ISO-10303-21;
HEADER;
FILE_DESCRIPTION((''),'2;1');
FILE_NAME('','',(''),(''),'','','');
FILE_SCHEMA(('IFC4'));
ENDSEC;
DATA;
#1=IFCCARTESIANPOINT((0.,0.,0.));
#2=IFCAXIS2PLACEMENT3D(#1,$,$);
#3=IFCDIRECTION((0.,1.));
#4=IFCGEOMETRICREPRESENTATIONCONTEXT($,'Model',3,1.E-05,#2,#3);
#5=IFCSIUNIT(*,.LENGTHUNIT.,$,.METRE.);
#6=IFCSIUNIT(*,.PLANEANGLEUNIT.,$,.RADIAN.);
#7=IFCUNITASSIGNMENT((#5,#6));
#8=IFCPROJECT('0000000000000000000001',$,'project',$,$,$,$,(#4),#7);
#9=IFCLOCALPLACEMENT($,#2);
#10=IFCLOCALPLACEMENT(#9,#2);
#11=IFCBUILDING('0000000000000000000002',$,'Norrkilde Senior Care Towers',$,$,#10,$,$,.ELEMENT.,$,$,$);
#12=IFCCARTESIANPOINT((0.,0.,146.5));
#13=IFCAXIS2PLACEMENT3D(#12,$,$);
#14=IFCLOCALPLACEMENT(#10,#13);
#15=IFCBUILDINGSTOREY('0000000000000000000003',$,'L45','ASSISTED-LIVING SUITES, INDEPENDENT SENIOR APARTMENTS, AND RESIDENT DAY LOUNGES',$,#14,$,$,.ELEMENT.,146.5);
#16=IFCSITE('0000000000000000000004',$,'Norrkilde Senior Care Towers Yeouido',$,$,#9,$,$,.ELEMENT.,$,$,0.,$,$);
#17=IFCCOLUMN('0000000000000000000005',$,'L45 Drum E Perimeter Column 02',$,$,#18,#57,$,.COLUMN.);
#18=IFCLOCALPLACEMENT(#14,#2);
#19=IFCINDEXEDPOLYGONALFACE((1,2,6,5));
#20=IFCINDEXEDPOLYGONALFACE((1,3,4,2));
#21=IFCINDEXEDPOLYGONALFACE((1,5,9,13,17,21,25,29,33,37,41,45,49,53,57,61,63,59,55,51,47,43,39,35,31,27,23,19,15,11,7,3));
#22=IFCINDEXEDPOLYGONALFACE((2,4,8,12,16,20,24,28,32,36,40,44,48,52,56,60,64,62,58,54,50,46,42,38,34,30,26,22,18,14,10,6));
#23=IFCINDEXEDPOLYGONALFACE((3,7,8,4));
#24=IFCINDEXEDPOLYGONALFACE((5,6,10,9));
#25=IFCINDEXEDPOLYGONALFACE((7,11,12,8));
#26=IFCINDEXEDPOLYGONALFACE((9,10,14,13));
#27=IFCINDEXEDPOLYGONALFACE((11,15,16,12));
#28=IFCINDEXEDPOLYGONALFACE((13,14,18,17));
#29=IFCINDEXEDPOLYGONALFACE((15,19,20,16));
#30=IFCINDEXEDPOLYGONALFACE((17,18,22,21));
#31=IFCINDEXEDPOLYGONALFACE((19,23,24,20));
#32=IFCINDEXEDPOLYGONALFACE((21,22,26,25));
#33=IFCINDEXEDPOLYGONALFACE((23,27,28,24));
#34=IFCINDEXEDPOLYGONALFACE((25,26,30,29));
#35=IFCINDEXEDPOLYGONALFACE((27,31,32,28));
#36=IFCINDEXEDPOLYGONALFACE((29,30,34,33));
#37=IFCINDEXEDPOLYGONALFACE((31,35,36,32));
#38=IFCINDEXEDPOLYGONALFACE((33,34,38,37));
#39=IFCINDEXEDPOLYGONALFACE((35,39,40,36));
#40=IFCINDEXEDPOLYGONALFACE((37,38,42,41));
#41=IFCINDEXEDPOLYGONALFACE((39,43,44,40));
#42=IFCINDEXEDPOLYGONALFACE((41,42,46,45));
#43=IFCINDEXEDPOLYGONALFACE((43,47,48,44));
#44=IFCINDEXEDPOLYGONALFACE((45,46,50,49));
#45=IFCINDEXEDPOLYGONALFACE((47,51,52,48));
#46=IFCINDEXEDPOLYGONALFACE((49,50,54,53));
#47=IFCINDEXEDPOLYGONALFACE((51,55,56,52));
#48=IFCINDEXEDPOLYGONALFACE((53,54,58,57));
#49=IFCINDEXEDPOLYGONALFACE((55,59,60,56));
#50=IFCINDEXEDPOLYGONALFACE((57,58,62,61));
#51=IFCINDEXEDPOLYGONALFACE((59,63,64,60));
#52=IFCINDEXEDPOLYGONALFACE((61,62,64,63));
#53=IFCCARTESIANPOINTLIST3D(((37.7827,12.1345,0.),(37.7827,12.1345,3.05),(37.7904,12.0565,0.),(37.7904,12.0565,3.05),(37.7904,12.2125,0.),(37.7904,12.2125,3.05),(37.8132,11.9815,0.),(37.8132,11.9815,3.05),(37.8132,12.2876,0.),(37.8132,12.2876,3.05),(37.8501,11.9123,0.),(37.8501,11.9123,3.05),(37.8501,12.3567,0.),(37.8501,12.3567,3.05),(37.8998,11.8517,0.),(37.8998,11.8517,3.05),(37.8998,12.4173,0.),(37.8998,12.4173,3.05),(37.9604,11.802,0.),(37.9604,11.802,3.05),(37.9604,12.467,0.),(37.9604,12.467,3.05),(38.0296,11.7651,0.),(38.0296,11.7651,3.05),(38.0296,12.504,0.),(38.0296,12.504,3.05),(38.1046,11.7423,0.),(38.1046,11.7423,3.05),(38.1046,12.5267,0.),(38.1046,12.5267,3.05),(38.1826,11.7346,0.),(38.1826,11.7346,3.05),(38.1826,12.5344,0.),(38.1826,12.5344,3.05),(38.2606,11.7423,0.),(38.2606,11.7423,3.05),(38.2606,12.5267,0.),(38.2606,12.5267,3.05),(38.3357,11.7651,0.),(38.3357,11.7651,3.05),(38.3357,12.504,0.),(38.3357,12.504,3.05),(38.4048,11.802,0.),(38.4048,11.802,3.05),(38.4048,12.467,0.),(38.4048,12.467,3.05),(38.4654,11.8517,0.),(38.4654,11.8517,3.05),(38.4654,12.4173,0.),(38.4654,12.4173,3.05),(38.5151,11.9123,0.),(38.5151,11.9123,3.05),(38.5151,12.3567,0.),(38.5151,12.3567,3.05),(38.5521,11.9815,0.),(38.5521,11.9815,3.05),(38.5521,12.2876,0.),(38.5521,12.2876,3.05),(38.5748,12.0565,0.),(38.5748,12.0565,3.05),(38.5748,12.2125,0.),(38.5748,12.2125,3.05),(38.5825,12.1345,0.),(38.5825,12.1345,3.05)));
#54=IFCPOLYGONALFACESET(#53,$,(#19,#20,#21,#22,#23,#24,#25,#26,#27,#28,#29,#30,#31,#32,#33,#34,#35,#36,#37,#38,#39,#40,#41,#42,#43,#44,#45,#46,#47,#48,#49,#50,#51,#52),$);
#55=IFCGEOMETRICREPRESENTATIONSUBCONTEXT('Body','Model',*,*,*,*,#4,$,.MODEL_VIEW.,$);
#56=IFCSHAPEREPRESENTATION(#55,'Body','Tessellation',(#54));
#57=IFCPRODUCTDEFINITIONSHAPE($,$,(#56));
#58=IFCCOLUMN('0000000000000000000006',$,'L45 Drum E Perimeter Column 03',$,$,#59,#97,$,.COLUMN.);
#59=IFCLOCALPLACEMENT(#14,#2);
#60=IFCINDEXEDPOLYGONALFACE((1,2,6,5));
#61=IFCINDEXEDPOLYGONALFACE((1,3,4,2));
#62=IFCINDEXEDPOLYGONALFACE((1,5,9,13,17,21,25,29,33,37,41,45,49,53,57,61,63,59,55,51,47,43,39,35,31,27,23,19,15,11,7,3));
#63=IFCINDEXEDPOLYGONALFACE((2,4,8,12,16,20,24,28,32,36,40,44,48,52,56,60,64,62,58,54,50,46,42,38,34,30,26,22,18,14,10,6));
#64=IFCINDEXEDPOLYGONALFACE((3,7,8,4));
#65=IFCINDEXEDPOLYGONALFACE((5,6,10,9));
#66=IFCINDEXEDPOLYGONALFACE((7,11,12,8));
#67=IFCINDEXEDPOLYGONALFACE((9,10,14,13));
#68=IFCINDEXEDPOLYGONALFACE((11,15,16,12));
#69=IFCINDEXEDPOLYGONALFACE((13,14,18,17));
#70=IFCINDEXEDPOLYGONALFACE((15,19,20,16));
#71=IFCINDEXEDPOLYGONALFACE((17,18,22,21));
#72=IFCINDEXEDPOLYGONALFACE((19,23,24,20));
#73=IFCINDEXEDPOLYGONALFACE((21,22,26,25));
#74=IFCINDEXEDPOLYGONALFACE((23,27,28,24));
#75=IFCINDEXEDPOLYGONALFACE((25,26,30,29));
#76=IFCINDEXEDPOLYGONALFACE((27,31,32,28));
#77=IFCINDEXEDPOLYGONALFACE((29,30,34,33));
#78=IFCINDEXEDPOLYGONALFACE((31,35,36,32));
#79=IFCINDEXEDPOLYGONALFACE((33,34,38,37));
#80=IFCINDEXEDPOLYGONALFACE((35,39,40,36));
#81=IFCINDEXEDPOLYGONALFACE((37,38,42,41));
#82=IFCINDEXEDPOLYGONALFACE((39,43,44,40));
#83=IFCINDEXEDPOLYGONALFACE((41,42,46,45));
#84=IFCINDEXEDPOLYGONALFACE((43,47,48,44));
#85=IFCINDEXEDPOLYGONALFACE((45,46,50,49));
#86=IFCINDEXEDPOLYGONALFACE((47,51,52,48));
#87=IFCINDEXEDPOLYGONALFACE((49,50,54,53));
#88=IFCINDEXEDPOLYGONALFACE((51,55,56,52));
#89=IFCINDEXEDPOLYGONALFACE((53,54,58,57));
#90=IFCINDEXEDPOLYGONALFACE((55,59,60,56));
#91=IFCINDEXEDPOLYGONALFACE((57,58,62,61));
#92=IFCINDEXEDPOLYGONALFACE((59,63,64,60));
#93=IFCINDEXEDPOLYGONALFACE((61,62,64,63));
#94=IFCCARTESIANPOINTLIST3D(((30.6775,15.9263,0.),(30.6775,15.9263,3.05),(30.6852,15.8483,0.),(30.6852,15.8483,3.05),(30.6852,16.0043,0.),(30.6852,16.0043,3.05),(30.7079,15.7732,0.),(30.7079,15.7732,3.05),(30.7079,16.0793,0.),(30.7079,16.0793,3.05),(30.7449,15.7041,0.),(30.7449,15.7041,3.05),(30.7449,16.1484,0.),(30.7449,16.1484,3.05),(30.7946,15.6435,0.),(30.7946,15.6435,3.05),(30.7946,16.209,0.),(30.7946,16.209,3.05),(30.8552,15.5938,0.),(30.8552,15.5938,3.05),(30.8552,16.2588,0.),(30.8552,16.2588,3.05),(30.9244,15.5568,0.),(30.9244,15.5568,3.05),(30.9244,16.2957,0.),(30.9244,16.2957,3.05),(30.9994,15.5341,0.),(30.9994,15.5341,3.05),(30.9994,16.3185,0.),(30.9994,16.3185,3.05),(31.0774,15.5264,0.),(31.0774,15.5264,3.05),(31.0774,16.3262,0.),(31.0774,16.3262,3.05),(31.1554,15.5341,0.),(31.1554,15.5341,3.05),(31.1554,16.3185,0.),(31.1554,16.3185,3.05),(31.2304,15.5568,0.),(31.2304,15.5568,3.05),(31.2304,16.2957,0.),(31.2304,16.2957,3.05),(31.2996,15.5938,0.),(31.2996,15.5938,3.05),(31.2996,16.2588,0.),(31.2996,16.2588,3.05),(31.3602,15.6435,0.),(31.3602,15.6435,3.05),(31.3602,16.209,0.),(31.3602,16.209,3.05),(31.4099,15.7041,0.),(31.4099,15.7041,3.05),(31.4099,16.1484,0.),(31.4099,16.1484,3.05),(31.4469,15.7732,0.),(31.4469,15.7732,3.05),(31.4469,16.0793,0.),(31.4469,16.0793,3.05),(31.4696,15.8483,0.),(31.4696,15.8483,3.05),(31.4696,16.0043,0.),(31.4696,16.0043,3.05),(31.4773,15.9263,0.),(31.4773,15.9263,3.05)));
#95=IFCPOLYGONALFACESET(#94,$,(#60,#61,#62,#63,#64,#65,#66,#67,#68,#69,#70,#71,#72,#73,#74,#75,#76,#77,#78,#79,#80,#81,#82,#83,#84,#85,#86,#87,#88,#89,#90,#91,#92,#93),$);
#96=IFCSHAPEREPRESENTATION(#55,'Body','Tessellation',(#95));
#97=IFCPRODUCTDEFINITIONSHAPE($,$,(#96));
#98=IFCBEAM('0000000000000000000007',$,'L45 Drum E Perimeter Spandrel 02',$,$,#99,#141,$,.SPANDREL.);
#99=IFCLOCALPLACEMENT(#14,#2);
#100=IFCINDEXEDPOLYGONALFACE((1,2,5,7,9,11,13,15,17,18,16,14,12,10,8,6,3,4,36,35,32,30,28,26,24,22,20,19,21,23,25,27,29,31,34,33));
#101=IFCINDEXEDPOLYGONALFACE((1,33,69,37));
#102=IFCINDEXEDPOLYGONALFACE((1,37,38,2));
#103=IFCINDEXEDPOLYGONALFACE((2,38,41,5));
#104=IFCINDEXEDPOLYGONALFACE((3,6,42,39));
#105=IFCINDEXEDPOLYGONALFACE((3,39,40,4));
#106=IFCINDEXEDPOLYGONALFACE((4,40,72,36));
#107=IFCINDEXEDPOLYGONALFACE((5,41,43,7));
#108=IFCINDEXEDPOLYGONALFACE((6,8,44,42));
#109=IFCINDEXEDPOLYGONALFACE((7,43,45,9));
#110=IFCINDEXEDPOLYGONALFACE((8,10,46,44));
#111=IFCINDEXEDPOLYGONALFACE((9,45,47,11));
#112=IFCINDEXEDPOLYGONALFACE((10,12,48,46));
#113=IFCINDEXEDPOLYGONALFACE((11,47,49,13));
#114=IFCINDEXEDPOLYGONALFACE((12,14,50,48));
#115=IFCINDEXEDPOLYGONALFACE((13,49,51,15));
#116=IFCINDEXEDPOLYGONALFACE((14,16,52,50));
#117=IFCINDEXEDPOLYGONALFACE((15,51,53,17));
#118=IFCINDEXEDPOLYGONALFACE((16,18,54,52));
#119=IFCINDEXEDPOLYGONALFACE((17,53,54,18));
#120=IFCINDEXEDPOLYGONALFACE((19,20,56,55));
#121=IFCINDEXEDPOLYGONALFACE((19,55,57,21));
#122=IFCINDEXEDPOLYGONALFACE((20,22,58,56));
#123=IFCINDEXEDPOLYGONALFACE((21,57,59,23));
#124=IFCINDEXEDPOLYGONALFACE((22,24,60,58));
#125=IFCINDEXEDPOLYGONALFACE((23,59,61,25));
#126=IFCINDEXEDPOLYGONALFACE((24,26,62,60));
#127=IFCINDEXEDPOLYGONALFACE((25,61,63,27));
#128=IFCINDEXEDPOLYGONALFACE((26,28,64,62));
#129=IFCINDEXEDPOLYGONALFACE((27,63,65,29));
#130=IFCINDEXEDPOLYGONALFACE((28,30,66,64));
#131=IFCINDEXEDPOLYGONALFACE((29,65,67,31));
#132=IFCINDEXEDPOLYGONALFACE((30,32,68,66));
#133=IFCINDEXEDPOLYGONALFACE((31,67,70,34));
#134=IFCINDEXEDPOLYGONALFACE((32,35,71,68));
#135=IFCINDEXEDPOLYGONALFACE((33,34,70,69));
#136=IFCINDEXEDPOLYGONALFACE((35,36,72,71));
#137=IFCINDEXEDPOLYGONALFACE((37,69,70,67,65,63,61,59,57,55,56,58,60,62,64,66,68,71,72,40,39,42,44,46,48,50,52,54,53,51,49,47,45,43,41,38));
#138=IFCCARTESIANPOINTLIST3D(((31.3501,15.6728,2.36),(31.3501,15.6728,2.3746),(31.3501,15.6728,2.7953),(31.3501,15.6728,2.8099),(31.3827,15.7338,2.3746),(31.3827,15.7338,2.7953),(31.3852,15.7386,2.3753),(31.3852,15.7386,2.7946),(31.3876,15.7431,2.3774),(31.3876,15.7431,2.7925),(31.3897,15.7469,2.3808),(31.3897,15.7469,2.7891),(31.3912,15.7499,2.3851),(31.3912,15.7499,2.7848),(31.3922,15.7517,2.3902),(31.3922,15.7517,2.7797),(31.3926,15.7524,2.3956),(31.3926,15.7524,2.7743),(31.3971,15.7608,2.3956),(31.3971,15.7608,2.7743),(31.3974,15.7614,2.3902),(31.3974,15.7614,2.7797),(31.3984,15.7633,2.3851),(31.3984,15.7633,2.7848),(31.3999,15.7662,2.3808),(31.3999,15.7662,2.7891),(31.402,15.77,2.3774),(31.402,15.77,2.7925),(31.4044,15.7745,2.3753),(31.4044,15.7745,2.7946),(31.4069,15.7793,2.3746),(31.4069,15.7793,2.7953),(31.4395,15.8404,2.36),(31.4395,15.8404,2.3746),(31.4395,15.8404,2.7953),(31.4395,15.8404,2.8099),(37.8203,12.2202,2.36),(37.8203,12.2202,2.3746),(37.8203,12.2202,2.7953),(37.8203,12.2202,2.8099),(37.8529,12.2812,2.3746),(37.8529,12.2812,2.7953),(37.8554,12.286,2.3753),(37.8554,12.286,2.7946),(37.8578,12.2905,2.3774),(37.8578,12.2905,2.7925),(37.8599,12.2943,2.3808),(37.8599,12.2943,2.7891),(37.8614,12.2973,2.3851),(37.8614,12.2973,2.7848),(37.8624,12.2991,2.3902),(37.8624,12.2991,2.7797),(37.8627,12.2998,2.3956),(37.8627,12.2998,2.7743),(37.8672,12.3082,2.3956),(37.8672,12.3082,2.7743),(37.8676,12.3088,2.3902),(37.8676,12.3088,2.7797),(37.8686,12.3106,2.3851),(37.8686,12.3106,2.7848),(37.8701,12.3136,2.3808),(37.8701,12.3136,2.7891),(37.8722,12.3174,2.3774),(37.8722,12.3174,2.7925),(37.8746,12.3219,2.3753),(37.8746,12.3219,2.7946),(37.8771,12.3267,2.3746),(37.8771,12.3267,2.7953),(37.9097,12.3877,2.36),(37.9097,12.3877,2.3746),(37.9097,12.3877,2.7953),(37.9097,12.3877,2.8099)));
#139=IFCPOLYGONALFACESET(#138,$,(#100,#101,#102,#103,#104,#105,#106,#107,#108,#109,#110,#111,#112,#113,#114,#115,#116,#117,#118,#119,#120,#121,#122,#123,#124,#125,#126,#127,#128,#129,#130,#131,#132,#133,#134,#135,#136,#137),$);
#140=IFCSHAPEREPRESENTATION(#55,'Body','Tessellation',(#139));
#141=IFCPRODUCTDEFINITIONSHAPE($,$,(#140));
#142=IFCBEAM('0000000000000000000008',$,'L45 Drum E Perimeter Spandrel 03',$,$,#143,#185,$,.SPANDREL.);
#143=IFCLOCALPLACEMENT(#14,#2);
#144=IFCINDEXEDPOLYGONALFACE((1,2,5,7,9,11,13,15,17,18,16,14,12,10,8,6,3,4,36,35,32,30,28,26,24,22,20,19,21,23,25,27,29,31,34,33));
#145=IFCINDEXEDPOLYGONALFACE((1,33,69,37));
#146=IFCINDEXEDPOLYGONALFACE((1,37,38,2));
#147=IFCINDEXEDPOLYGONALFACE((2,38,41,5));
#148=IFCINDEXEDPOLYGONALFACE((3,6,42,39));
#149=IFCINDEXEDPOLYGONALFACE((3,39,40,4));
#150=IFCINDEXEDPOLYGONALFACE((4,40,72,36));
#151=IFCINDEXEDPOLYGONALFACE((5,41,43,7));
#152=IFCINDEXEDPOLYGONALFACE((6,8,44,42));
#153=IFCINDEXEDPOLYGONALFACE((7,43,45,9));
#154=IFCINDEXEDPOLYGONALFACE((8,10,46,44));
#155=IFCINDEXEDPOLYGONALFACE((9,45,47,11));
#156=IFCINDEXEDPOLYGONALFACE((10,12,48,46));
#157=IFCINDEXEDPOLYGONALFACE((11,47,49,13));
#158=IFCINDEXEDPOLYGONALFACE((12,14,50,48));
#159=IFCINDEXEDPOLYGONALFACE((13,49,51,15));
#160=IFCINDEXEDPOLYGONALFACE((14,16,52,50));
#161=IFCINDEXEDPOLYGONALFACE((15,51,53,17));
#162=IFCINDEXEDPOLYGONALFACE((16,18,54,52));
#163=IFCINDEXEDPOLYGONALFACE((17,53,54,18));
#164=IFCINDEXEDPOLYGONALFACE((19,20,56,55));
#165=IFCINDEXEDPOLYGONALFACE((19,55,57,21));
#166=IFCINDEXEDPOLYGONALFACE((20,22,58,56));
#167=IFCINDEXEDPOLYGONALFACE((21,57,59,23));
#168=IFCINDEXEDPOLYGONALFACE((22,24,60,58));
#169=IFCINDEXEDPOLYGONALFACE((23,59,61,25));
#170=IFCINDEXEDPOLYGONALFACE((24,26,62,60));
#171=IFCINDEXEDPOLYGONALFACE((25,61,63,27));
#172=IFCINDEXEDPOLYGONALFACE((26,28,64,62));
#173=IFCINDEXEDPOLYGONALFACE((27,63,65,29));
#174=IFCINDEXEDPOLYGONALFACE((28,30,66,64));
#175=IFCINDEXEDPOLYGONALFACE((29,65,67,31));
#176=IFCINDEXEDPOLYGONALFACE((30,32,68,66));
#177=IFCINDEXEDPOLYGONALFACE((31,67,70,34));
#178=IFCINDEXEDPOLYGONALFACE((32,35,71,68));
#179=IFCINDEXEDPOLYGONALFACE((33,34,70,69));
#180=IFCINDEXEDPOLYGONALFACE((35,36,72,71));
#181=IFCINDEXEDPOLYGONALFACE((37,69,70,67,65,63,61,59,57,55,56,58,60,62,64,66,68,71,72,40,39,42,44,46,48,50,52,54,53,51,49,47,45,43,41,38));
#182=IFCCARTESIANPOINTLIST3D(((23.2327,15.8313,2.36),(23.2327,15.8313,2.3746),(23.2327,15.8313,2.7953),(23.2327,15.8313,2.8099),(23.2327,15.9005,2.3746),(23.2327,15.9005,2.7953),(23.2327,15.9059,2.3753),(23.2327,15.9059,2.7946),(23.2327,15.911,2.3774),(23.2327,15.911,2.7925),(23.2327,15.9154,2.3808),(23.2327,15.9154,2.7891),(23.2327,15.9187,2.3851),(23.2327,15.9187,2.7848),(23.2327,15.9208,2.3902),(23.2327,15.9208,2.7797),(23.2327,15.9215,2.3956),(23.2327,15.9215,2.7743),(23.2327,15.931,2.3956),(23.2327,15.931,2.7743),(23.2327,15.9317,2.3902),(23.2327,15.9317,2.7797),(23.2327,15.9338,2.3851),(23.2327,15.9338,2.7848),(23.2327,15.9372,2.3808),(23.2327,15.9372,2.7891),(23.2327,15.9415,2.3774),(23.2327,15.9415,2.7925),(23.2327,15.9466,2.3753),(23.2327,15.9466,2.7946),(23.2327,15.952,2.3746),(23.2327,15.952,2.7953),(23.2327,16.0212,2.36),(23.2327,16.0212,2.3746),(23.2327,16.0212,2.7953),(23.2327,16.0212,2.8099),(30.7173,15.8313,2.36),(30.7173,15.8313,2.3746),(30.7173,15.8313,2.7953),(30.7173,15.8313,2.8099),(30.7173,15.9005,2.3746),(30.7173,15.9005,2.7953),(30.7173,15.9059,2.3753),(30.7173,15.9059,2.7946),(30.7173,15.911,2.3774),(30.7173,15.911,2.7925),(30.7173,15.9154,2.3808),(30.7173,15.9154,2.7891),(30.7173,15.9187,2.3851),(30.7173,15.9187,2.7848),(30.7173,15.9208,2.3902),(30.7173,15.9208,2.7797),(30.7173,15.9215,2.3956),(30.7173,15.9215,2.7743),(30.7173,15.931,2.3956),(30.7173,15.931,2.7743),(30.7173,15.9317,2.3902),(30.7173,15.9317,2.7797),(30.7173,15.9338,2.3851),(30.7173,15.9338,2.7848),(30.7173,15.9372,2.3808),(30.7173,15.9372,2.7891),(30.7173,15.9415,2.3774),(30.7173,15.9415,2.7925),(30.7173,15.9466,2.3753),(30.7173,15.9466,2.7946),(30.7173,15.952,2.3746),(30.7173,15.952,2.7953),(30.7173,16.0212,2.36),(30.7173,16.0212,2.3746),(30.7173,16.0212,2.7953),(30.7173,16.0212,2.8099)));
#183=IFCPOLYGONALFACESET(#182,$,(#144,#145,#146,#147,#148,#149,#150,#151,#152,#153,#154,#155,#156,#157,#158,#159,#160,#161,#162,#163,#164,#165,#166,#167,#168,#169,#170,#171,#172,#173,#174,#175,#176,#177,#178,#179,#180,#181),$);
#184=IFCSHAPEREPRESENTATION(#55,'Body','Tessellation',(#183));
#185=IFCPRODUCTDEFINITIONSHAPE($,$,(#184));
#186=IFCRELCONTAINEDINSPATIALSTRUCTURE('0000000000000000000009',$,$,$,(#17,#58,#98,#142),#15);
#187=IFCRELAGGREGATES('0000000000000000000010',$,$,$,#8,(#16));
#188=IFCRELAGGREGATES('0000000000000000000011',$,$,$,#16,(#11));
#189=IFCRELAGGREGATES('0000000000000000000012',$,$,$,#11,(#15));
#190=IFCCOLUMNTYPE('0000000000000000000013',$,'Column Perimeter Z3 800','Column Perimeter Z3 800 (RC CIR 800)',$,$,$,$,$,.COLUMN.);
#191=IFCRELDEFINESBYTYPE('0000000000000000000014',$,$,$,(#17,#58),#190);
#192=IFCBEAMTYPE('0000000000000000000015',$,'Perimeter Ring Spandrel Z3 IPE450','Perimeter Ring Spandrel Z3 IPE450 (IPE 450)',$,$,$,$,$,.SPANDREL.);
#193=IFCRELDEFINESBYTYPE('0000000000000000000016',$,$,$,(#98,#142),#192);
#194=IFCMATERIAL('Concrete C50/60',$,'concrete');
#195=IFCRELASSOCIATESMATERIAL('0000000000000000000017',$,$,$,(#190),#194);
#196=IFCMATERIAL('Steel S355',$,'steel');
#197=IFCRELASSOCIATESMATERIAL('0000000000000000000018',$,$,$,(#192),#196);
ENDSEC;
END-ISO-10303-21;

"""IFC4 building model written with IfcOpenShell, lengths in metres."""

from ifc_helpers import new_model, si_unit, direction, frame, origin, origin_2d, place, context, subcontext, project, spatial, circle, i_section, extrude, source, transform, mapped, material, material_profile, profile_set, type_object, type_shapes, element, save


model = new_model("IFC4")

# Units and contexts
model_context = context("Model", 3, precision=1e-05, world=origin(), true_north=direction((0.0, 1.0)))
body_context = subcontext(model_context, "Body", "Model", "MODEL_VIEW")
ifc_project = project(units=[si_unit("LENGTHUNIT", "METRE"), si_unit("PLANEANGLEUNIT", "RADIAN")], contexts=[model_context])

# Site, building, storey
site_placement = place(None, origin())
site = spatial("IfcSite", under=ifc_project, at=site_placement, Name="Norrkilde Senior Care Towers Yeouido", CompositionType="ELEMENT", RefElevation=0.0)
building_placement = place(site_placement, origin())
building = spatial("IfcBuilding", under=site, at=building_placement, Name="Norrkilde Senior Care Towers", CompositionType="ELEMENT")
storey_placement = place(building_placement, frame((0.0, 0.0, 146.5)))
storey = spatial("IfcBuildingStorey", under=building, at=storey_placement, Name="L45", Description="ASSISTED-LIVING SUITES, INDEPENDENT SENIOR APARTMENTS, AND RESIDENT DAY LOUNGES", CompositionType="ELEMENT", Elevation=146.5)

# Columns
ifc_material_1 = material(Name="Concrete C50/60", Category="concrete")
ifc_material_profile_1 = material_profile(ifc_material_1, circle(Radius=0.3999, at=origin_2d()), Name="RC CIR 800")
ifc_profile_set_1 = profile_set([ifc_material_profile_1], Name="Concrete C50/60")
column_type = type_object("IfcColumnType", Name="Column Perimeter Z3 800", Description="Column Perimeter Z3 800 (RC CIR 800)", PredefinedType="COLUMN", material=ifc_profile_set_1)
shared_shape_1 = source(origin(), body_context, "Body", "SweptSolid", [
    extrude(circle(Radius=0.3999, at=origin_2d()), origin(), (0.0, 0.0, 1.0), 3.05),
])
type_shapes(column_type, [shared_shape_1])
for number, where, z_axis, x_axis, name in (
    (1, (38.1826, 12.1345, 0.0), (0.0, 0.0, 1.0), (1.0, 0.0, 0.0), "L45 Drum E Perimeter Column 02"),
    (2, (31.0774, 15.9263, 0.0), (0.0, 0.0, 1.0), (1.0, 0.0, 0.0), "L45 Drum E Perimeter Column 03"),
):
    element("IfcColumn", number, at=place(storey_placement, frame(where, z_axis=z_axis, x_axis=x_axis)), inside=storey, type_object=column_type, Name=name, PredefinedType="COLUMN", context=body_context, shape_type="MappedRepresentation", body=[
        mapped(shared_shape_1, transform((0.0, 0.0, 0.0), x_axis=(1.0, 0.0, 0.0), y_axis=(0.0, 1.0, 0.0), z_axis=(0.0, 0.0, 1.0), scale=1.0)),
    ])

# Beams
ifc_material_2 = material(Name="Steel S355", Category="steel")
ifc_material_profile_2 = material_profile(ifc_material_2, i_section(OverallWidth=0.1899, OverallDepth=0.45, WebThickness=0.0095, FlangeThickness=0.0146, FilletRadius=0.021, at=origin_2d()), Name="IPE 450")
ifc_profile_set_2 = profile_set([ifc_material_profile_2], Name="Steel S355")
beam_type = type_object("IfcBeamType", Name="Perimeter Ring Spandrel Z3 IPE450", Description="Perimeter Ring Spandrel Z3 IPE450 (IPE 450)", PredefinedType="SPANDREL", material=ifc_profile_set_2)
shared_shape_2 = source(origin(), body_context, "Body", "SweptSolid", [
    extrude(i_section(OverallWidth=0.1899, OverallDepth=0.45, WebThickness=0.0095, FlangeThickness=0.0146, FilletRadius=0.021, at=origin_2d()), origin(), (0.0, 0.0, 1.0), 7.3337),
])
beam_1_placement = place(storey_placement, frame((37.865, 12.304, 2.585), z_axis=(-0.882248, 0.470785, 0.0), x_axis=(-0.470785, -0.882248, 0.0)))
element("IfcBeam", 3, at=beam_1_placement, inside=storey, type_object=beam_type, Name="L45 Drum E Perimeter Spandrel 02", PredefinedType="SPANDREL", context=body_context, shape_type="MappedRepresentation", body=[
    mapped(shared_shape_2, transform((0.0, 0.0, 0.0), x_axis=(1.0, 0.0, 0.0), y_axis=(0.0, 1.0, 0.0), z_axis=(0.0, 0.0, 1.0), scale=1.0)),
])
shared_shape_3 = source(origin(), body_context, "Body", "SweptSolid", [
    extrude(i_section(OverallWidth=0.1899, OverallDepth=0.45, WebThickness=0.0095, FlangeThickness=0.0146, FilletRadius=0.021, at=origin_2d()), origin(), (0.0, 0.0, 1.0), 7.4846),
])
type_shapes(beam_type, [shared_shape_2, shared_shape_3])
beam_2_placement = place(storey_placement, frame((30.7173, 15.9263, 2.585), z_axis=(-1.0, 0.0, 0.0), x_axis=(0.0, -1.0, 0.0)))
element("IfcBeam", 4, at=beam_2_placement, inside=storey, type_object=beam_type, Name="L45 Drum E Perimeter Spandrel 03", PredefinedType="SPANDREL", context=body_context, shape_type="MappedRepresentation", body=[
    mapped(shared_shape_3, transform((0.0, 0.0, 0.0), x_axis=(1.0, 0.0, 0.0), y_axis=(0.0, 1.0, 0.0), z_axis=(0.0, 0.0, 1.0), scale=1.0)),
])

save(model, "model.ifc")
